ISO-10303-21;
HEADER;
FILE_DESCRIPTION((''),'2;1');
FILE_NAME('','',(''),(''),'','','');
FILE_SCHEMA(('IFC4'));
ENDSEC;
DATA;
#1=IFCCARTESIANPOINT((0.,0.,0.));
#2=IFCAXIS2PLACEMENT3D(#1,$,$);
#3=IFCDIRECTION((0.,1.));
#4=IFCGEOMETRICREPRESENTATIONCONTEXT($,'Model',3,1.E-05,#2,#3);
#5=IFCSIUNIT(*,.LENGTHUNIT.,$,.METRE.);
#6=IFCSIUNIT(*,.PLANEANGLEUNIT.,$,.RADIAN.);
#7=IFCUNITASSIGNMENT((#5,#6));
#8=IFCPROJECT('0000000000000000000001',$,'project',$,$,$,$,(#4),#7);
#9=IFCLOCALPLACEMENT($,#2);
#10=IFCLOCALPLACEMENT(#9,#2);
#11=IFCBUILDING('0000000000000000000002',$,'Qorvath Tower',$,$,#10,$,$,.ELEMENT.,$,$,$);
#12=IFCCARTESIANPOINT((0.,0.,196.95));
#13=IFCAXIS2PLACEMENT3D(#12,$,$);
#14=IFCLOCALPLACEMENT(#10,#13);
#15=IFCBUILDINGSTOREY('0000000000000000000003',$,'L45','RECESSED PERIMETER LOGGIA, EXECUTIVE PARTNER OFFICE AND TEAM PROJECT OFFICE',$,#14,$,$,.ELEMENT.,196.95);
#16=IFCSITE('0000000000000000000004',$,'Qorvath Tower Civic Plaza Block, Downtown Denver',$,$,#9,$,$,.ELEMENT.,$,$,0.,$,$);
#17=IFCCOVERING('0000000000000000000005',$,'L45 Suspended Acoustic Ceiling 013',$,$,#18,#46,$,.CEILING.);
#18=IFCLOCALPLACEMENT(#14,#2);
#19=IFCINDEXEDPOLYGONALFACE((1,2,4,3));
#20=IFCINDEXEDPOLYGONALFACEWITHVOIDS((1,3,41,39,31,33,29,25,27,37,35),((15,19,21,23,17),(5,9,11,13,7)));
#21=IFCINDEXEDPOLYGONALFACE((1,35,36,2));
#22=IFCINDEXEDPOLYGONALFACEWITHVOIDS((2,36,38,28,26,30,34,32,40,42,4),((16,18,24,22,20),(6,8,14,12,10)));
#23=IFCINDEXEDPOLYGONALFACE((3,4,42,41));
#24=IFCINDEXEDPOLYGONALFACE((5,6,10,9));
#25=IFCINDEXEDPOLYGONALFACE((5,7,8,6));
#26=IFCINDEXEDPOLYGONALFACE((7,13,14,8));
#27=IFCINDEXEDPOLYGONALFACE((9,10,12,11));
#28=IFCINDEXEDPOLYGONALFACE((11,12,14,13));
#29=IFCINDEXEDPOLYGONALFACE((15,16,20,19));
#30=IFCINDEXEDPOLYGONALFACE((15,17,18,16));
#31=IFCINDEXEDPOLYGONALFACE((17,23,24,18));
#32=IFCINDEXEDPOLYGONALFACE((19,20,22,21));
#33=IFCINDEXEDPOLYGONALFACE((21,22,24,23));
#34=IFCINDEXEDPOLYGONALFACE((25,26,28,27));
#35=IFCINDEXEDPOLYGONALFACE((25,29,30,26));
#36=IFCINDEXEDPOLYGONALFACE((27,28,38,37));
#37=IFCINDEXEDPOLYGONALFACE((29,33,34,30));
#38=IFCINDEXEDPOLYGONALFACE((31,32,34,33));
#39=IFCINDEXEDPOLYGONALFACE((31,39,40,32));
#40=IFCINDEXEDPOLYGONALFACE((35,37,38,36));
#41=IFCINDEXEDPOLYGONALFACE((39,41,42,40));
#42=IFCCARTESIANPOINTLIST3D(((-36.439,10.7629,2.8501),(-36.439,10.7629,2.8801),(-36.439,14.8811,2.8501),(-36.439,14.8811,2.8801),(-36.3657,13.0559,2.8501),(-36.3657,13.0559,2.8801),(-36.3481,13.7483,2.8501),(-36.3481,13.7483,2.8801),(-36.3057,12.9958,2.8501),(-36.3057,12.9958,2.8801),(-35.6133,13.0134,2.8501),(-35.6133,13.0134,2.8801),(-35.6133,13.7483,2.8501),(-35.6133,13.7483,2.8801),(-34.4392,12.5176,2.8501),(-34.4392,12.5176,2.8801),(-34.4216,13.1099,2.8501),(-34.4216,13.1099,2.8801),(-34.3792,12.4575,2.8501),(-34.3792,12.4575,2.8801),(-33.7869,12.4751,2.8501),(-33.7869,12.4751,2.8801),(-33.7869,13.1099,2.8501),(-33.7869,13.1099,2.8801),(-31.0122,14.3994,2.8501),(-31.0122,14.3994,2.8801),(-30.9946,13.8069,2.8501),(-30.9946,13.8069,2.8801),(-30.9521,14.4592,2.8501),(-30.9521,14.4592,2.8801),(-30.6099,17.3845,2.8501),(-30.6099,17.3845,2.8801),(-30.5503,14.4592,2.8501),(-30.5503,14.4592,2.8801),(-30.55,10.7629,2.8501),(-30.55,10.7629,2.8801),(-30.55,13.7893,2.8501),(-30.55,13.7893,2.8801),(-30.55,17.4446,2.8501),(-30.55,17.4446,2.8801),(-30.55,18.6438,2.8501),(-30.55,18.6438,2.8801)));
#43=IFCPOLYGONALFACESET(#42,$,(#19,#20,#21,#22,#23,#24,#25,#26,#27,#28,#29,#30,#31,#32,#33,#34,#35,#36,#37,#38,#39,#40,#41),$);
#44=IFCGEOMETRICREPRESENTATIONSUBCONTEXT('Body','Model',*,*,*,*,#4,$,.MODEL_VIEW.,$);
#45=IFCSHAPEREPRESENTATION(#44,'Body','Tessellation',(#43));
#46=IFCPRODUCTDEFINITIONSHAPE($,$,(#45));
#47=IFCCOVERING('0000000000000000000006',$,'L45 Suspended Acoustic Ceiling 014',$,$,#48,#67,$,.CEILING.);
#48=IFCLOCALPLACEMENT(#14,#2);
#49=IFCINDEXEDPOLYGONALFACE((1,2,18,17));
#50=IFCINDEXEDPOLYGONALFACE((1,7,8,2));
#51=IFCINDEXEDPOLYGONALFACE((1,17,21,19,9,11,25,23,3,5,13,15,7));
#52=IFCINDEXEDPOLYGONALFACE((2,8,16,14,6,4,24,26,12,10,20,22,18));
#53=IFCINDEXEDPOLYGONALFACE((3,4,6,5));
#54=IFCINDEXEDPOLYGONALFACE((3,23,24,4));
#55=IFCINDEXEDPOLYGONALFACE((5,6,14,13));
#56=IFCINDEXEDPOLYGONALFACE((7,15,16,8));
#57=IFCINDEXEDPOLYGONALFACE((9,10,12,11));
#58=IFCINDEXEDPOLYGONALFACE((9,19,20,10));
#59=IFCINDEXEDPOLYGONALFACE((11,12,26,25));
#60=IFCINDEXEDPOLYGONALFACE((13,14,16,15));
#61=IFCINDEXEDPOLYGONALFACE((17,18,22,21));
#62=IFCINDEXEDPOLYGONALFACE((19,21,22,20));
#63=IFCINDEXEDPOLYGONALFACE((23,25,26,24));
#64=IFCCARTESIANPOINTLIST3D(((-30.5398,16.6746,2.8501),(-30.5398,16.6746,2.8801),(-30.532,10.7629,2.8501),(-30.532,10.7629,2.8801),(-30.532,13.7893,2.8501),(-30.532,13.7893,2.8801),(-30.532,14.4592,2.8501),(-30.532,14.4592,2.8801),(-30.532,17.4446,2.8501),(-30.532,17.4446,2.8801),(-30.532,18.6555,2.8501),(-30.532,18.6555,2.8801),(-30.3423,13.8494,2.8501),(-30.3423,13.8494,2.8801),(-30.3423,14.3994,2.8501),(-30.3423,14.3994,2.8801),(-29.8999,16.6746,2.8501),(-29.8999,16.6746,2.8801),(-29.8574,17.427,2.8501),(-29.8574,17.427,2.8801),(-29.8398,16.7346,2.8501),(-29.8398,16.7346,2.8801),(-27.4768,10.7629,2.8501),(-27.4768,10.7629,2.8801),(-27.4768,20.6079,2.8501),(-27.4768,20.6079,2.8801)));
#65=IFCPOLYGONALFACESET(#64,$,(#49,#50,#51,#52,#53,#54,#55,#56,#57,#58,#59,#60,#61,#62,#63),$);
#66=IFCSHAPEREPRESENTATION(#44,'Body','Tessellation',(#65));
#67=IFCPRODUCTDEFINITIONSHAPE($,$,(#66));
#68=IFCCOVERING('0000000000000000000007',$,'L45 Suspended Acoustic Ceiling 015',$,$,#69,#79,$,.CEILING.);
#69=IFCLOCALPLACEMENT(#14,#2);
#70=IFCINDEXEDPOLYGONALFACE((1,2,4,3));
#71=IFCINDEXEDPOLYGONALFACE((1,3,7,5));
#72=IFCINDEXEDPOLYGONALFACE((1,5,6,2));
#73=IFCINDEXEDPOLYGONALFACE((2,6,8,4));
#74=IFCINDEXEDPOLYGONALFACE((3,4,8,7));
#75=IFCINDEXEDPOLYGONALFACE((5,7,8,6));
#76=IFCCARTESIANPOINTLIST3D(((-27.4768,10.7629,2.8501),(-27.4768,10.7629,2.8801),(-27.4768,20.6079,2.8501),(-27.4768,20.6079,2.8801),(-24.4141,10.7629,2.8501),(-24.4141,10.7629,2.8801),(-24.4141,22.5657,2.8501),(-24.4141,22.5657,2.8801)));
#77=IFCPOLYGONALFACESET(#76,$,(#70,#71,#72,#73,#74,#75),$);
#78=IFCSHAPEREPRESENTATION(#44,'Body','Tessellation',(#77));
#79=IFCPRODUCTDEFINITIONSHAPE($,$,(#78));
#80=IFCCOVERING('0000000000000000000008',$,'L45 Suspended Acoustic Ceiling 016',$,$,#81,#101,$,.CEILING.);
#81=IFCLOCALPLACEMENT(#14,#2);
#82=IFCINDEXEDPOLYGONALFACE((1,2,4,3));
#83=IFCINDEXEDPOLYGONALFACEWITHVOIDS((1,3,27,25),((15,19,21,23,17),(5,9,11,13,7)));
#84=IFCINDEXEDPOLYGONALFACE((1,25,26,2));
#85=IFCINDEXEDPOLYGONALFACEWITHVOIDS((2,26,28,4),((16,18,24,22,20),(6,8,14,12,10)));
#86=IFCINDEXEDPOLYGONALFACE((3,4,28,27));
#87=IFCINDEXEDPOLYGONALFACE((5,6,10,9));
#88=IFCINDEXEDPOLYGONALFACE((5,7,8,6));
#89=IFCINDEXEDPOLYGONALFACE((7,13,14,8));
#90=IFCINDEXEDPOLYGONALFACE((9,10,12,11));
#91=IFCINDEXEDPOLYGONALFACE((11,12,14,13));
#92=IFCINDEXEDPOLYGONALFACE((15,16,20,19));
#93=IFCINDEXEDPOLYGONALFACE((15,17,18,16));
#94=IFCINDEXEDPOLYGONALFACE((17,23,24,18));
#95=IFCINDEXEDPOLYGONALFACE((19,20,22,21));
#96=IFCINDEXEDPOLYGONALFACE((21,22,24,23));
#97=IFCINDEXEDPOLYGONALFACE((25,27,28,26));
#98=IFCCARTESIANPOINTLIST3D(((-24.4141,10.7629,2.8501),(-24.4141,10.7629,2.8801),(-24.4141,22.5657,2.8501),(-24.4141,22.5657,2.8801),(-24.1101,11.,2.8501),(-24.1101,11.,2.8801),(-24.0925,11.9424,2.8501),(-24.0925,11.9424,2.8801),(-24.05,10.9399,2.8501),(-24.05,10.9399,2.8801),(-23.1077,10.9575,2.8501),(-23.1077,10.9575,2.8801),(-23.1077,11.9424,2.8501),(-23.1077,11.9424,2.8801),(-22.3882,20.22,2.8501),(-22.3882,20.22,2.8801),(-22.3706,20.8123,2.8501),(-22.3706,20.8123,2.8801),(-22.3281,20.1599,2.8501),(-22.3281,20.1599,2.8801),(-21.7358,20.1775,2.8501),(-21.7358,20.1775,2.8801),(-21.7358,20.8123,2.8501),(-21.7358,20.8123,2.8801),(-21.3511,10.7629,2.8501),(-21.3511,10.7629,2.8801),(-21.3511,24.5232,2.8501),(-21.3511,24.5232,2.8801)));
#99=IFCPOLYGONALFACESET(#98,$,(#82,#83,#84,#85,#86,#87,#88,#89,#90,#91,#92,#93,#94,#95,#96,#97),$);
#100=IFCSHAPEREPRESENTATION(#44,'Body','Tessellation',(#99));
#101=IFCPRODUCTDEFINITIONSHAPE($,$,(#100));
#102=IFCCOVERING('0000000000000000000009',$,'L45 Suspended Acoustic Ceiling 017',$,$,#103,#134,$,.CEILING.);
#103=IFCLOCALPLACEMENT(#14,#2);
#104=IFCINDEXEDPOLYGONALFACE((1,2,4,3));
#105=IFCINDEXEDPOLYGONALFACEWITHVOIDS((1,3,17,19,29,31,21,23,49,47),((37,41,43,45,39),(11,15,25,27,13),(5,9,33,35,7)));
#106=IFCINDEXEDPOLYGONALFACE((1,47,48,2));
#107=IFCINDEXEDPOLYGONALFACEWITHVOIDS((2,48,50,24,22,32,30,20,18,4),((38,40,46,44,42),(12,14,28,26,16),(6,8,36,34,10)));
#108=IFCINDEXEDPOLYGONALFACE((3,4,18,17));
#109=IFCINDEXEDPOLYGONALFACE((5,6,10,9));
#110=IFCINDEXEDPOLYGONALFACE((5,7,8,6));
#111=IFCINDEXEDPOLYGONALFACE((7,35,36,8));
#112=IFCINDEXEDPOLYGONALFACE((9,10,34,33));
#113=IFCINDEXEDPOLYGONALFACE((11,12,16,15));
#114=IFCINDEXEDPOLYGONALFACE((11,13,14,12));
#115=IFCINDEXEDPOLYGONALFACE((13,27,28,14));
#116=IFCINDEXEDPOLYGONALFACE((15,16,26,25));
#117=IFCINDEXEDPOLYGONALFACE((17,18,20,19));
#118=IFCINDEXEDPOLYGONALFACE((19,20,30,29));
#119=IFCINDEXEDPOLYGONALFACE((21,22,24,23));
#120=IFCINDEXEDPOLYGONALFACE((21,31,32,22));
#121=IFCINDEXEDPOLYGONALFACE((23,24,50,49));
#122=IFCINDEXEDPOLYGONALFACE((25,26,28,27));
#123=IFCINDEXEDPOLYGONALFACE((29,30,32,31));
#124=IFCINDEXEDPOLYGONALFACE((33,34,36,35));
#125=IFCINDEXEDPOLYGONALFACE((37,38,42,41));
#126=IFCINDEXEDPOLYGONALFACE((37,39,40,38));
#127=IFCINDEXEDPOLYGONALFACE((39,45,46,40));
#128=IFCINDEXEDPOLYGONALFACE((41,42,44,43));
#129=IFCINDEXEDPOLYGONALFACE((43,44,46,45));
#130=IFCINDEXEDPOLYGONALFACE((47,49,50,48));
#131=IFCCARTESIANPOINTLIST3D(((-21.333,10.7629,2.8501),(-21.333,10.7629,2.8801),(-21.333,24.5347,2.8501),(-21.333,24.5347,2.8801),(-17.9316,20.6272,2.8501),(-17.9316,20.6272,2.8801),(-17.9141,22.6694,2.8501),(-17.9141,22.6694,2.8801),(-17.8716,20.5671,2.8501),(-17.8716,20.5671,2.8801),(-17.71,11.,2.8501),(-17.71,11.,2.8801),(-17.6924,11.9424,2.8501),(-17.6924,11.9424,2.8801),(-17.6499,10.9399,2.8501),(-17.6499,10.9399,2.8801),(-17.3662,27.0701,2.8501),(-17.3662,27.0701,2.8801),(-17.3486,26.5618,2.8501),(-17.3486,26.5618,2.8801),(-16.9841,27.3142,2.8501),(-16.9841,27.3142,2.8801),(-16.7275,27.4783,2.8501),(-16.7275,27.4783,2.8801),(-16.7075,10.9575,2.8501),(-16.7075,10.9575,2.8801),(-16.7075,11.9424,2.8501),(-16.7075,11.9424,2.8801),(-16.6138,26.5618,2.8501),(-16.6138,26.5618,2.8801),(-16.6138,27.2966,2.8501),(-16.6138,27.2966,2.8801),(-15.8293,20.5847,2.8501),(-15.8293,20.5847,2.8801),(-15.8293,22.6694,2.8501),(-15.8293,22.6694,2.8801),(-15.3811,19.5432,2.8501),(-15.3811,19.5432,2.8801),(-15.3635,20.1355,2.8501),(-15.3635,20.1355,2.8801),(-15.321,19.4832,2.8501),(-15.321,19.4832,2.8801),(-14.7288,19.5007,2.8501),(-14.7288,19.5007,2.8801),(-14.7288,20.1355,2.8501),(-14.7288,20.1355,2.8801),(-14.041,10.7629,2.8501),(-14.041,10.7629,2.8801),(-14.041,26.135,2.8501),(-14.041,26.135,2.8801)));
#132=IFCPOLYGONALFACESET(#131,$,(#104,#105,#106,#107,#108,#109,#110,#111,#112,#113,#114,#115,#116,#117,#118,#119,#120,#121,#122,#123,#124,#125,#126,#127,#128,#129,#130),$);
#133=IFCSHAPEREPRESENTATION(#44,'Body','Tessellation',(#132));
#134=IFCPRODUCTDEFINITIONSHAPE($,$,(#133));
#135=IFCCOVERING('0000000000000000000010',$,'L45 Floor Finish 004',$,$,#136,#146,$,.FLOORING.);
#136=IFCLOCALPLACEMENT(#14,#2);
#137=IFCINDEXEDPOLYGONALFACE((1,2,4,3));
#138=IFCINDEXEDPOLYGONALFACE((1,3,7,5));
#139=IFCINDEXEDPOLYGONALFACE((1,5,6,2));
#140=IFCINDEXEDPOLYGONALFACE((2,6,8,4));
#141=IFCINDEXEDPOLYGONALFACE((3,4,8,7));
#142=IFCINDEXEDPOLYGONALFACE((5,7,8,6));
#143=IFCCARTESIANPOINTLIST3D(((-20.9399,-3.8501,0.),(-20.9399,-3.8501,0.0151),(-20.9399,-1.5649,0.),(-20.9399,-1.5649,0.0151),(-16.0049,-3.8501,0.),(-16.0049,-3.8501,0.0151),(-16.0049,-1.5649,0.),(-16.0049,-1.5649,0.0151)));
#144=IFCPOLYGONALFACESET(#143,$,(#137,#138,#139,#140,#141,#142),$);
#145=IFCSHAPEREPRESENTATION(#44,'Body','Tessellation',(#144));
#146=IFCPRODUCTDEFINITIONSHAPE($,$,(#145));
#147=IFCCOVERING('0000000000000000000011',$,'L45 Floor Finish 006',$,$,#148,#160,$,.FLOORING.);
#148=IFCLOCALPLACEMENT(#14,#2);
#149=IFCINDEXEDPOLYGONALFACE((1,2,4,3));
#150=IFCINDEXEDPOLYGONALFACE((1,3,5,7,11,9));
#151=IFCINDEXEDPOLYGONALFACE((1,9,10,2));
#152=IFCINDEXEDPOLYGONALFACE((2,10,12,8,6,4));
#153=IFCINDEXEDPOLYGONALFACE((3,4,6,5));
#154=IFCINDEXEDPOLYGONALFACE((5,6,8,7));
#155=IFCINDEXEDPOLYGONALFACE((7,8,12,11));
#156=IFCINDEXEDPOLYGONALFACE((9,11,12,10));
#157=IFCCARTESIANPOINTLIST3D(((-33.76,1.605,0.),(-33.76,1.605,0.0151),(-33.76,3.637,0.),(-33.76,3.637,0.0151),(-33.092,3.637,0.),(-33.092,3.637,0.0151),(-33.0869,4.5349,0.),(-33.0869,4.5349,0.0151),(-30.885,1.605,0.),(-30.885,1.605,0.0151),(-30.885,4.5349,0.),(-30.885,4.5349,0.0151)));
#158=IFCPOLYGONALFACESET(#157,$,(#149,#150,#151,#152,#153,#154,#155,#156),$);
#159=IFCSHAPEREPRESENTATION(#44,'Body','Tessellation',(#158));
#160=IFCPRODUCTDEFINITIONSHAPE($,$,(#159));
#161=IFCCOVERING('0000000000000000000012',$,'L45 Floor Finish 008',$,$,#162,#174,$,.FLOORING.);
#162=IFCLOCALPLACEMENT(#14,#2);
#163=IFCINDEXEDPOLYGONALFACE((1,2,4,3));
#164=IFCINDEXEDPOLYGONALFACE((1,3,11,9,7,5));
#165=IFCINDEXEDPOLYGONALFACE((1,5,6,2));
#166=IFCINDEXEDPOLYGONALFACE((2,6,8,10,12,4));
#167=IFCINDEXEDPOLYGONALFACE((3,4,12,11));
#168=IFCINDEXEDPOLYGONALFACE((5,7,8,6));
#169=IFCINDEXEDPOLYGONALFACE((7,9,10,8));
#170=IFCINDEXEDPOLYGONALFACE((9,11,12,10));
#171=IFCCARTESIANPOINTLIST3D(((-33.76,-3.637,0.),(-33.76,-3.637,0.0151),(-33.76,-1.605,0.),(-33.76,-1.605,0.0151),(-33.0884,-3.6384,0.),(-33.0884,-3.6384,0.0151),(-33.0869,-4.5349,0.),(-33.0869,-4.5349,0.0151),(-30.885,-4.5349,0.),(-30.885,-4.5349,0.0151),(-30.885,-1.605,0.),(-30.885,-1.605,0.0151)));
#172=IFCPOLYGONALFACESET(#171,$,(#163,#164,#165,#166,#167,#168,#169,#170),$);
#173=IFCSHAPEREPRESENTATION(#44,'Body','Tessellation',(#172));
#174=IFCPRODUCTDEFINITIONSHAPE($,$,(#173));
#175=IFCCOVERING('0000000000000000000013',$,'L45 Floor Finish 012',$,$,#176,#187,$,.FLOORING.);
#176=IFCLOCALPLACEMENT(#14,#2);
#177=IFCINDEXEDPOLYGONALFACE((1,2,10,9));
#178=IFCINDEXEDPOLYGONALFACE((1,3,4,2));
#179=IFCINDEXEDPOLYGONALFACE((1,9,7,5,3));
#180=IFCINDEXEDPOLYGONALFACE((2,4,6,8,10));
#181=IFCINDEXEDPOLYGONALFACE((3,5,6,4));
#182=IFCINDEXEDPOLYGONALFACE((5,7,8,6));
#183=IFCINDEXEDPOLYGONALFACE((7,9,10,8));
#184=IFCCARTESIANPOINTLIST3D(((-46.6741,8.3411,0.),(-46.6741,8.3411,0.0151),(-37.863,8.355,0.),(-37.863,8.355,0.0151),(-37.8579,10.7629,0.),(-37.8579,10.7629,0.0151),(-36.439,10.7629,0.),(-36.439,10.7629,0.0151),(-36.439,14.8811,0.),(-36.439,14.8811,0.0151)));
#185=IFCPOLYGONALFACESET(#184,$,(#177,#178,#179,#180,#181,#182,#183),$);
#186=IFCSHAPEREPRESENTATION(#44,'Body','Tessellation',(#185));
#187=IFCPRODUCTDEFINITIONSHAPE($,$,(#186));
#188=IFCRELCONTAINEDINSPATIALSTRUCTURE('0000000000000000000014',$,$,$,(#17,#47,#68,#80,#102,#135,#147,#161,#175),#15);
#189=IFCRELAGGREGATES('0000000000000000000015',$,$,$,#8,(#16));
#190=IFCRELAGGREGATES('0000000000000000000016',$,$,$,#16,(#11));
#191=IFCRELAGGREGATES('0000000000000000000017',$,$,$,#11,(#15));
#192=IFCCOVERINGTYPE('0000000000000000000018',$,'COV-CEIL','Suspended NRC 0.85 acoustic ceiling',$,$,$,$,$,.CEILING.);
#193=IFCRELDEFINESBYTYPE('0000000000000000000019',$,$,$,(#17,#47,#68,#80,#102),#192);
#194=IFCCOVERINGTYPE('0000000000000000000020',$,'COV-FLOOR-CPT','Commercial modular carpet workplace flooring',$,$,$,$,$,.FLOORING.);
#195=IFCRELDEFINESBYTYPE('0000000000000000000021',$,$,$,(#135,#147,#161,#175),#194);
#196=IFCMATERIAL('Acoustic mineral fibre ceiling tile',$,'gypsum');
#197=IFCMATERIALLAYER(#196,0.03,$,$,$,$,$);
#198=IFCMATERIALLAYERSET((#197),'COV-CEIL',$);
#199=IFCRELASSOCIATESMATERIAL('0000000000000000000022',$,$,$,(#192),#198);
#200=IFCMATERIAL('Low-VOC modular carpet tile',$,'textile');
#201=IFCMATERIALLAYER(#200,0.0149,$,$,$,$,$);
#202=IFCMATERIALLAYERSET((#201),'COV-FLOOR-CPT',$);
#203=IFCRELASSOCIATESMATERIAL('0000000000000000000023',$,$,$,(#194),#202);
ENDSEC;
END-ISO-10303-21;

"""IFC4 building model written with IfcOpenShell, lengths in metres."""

from ifc_helpers import new_model, si_unit, direction, frame, origin, place, context, subcontext, project, spatial, polyline, outline, extrude, material, layer, layer_set, type_object, element, save


model = new_model("IFC4")

# Units and contexts
model_context = context("Model", 3, precision=1e-05, world=origin(), true_north=direction((0.0, 1.0)))
body_context = subcontext(model_context, "Body", "Model", "MODEL_VIEW")
ifc_project = project(units=[si_unit("LENGTHUNIT", "METRE"), si_unit("PLANEANGLEUNIT", "RADIAN")], contexts=[model_context])

# Site, building, storey
site_placement = place(None, origin())
site = spatial("IfcSite", under=ifc_project, at=site_placement, Name="Qorvath Tower Civic Plaza Block, Downtown Denver", CompositionType="ELEMENT", RefElevation=0.0)
building_placement = place(site_placement, origin())
building = spatial("IfcBuilding", under=site, at=building_placement, Name="Qorvath Tower", CompositionType="ELEMENT")
storey_placement = place(building_placement, frame((0.0, 0.0, 196.95)))
storey = spatial("IfcBuildingStorey", under=building, at=storey_placement, Name="L45", Description="RECESSED PERIMETER LOGGIA, EXECUTIVE PARTNER OFFICE AND TEAM PROJECT OFFICE", CompositionType="ELEMENT", Elevation=196.95)

# Coverings
ifc_material_1 = material(Name="Acoustic mineral fibre ceiling tile", Category="gypsum")
ifc_layer_1 = layer(ifc_material_1, 0.03)
ifc_layer_set_1 = layer_set([ifc_layer_1], Name="COV-CEIL")
covering_type_1 = type_object("IfcCoveringType", Name="COV-CEIL", Description="Suspended NRC 0.85 acoustic ceiling", PredefinedType="CEILING", material=ifc_layer_set_1)
covering_1_placement = place(storey_placement, frame((0.0, 0.0, 2.8501)))
element("IfcCovering", 1, at=covering_1_placement, inside=storey, type_object=covering_type_1, Name="L45 Suspended Acoustic Ceiling 013", PredefinedType="CEILING", context=body_context, shape_type="SweptSolid", body=[
    extrude(outline(polyline([(-30.55, 18.6438), (-36.439, 14.8811), (-36.439, 10.7629), (-30.55, 10.7629), (-30.55, 13.7893), (-30.9946, 13.8069), (-31.0122, 14.3994), (-30.9521, 14.4592), (-30.5503, 14.4592), (-30.6099, 17.3845), (-30.55, 17.4446), (-30.55, 18.6438)]), holes=[polyline([(-34.4392, 12.5176), (-34.4216, 13.1099), (-33.7869, 13.1099), (-33.7869, 12.4751), (-34.3792, 12.4575), (-34.4392, 12.5176)]), polyline([(-36.3657, 13.0559), (-36.3481, 13.7483), (-35.6133, 13.7483), (-35.6133, 13.0134), (-36.3057, 12.9958), (-36.3657, 13.0559)])]), origin(), (0.0, 0.0, 1.0), 0.03),
])
covering_2_placement = place(storey_placement, frame((0.0, 0.0, 2.8501)))
element("IfcCovering", 2, at=covering_2_placement, inside=storey, type_object=covering_type_1, Name="L45 Suspended Acoustic Ceiling 014", PredefinedType="CEILING", context=body_context, shape_type="SweptSolid", body=[
    extrude(outline(polyline([(-29.8999, 16.6746), (-30.5398, 16.6746), (-30.532, 14.4592), (-30.3423, 14.3994), (-30.3423, 13.8494), (-30.532, 13.7893), (-30.532, 10.7629), (-27.4768, 10.7629), (-27.4768, 20.6079), (-30.532, 18.6555), (-30.532, 17.4446), (-29.8574, 17.427), (-29.8398, 16.7346), (-29.8999, 16.6746)])), origin(), (0.0, 0.0, 1.0), 0.03),
])
covering_3_placement = place(storey_placement, frame((0.0, 0.0, 2.8501)))
element("IfcCovering", 3, at=covering_3_placement, inside=storey, type_object=covering_type_1, Name="L45 Suspended Acoustic Ceiling 015", PredefinedType="CEILING", context=body_context, shape_type="SweptSolid", body=[
    extrude(outline(polyline([(-27.4768, 20.6079), (-27.4768, 10.7629), (-24.4141, 10.7629), (-24.4141, 22.5657), (-27.4768, 20.6079)])), origin(), (0.0, 0.0, 1.0), 0.03),
])
covering_4_placement = place(storey_placement, frame((0.0, 0.0, 2.8501)))
element("IfcCovering", 4, at=covering_4_placement, inside=storey, type_object=covering_type_1, Name="L45 Suspended Acoustic Ceiling 016", PredefinedType="CEILING", context=body_context, shape_type="SweptSolid", body=[
    extrude(outline(polyline([(-24.4141, 22.5657), (-24.4141, 10.7629), (-21.3511, 10.7629), (-21.3511, 24.5232), (-24.4141, 22.5657)]), holes=[polyline([(-22.3882, 20.22), (-22.3706, 20.8123), (-21.7358, 20.8123), (-21.7358, 20.1775), (-22.3281, 20.1599), (-22.3882, 20.22)]), polyline([(-24.1101, 11.0), (-24.0925, 11.9424), (-23.1077, 11.9424), (-23.1077, 10.9575), (-24.05, 10.9399), (-24.1101, 11.0)])]), origin(), (0.0, 0.0, 1.0), 0.03),
])
covering_5_placement = place(storey_placement, frame((0.0, 0.0, 2.8501)))
element("IfcCovering", 5, at=covering_5_placement, inside=storey, type_object=covering_type_1, Name="L45 Suspended Acoustic Ceiling 017", PredefinedType="CEILING", context=body_context, shape_type="SweptSolid", body=[
    extrude(outline(polyline([(-14.041, 10.7629), (-14.041, 26.135), (-16.7275, 27.4783), (-16.9841, 27.3142), (-16.6138, 27.2966), (-16.6138, 26.5618), (-17.3486, 26.5618), (-17.3662, 27.0701), (-21.333, 24.5347), (-21.333, 10.7629), (-14.041, 10.7629)]), holes=[polyline([(-15.3811, 19.5432), (-15.3635, 20.1355), (-14.7288, 20.1355), (-14.7288, 19.5007), (-15.321, 19.4832), (-15.3811, 19.5432)]), polyline([(-17.9316, 20.6272), (-17.9141, 22.6694), (-15.8293, 22.6694), (-15.8293, 20.5847), (-17.8716, 20.5671), (-17.9316, 20.6272)]), polyline([(-17.71, 11.0), (-17.6924, 11.9424), (-16.7075, 11.9424), (-16.7075, 10.9575), (-17.6499, 10.9399), (-17.71, 11.0)])]), origin(), (0.0, 0.0, 1.0), 0.03),
])
ifc_material_2 = material(Name="Low-VOC modular carpet tile", Category="textile")
ifc_layer_2 = layer(ifc_material_2, 0.0149)
ifc_layer_set_2 = layer_set([ifc_layer_2], Name="COV-FLOOR-CPT")
covering_type_2 = type_object("IfcCoveringType", Name="COV-FLOOR-CPT", Description="Commercial modular carpet workplace flooring", PredefinedType="FLOORING", material=ifc_layer_set_2)
covering_6_placement = place(storey_placement, origin())
element("IfcCovering", 6, at=covering_6_placement, inside=storey, type_object=covering_type_2, Name="L45 Floor Finish 004", PredefinedType="FLOORING", context=body_context, shape_type="SweptSolid", body=[
    extrude(outline(polyline([(-20.9399, -1.5649), (-20.9399, -3.8501), (-16.0049, -3.8501), (-16.0049, -1.5649), (-20.9399, -1.5649)])), origin(), (0.0, 0.0, 1.0), 0.0151),
])
covering_7_placement = place(storey_placement, origin())
element("IfcCovering", 7, at=covering_7_placement, inside=storey, type_object=covering_type_2, Name="L45 Floor Finish 006", PredefinedType="FLOORING", context=body_context, shape_type="SweptSolid", body=[
    extrude(outline(polyline([(-33.76, 3.637), (-33.76, 1.605), (-30.885, 1.605), (-30.885, 4.5349), (-33.0869, 4.5349), (-33.092, 3.637), (-33.76, 3.637)])), origin(), (0.0, 0.0, 1.0), 0.0151),
])
covering_8_placement = place(storey_placement, origin())
element("IfcCovering", 8, at=covering_8_placement, inside=storey, type_object=covering_type_2, Name="L45 Floor Finish 008", PredefinedType="FLOORING", context=body_context, shape_type="SweptSolid", body=[
    extrude(outline(polyline([(-30.885, -4.5349), (-30.885, -1.605), (-33.76, -1.605), (-33.76, -3.637), (-33.0884, -3.6384), (-33.0869, -4.5349), (-30.885, -4.5349)])), origin(), (0.0, 0.0, 1.0), 0.0151),
])
covering_9_placement = place(storey_placement, origin())
element("IfcCovering", 9, at=covering_9_placement, inside=storey, type_object=covering_type_2, Name="L45 Floor Finish 012", PredefinedType="FLOORING", context=body_context, shape_type="SweptSolid", body=[
    extrude(outline(polyline([(-36.439, 10.7629), (-36.439, 14.8811), (-46.6741, 8.3411), (-37.863, 8.355), (-37.8579, 10.7629), (-36.439, 10.7629)])), origin(), (0.0, 0.0, 1.0), 0.0151),
])

save(model, "model.ifc")
